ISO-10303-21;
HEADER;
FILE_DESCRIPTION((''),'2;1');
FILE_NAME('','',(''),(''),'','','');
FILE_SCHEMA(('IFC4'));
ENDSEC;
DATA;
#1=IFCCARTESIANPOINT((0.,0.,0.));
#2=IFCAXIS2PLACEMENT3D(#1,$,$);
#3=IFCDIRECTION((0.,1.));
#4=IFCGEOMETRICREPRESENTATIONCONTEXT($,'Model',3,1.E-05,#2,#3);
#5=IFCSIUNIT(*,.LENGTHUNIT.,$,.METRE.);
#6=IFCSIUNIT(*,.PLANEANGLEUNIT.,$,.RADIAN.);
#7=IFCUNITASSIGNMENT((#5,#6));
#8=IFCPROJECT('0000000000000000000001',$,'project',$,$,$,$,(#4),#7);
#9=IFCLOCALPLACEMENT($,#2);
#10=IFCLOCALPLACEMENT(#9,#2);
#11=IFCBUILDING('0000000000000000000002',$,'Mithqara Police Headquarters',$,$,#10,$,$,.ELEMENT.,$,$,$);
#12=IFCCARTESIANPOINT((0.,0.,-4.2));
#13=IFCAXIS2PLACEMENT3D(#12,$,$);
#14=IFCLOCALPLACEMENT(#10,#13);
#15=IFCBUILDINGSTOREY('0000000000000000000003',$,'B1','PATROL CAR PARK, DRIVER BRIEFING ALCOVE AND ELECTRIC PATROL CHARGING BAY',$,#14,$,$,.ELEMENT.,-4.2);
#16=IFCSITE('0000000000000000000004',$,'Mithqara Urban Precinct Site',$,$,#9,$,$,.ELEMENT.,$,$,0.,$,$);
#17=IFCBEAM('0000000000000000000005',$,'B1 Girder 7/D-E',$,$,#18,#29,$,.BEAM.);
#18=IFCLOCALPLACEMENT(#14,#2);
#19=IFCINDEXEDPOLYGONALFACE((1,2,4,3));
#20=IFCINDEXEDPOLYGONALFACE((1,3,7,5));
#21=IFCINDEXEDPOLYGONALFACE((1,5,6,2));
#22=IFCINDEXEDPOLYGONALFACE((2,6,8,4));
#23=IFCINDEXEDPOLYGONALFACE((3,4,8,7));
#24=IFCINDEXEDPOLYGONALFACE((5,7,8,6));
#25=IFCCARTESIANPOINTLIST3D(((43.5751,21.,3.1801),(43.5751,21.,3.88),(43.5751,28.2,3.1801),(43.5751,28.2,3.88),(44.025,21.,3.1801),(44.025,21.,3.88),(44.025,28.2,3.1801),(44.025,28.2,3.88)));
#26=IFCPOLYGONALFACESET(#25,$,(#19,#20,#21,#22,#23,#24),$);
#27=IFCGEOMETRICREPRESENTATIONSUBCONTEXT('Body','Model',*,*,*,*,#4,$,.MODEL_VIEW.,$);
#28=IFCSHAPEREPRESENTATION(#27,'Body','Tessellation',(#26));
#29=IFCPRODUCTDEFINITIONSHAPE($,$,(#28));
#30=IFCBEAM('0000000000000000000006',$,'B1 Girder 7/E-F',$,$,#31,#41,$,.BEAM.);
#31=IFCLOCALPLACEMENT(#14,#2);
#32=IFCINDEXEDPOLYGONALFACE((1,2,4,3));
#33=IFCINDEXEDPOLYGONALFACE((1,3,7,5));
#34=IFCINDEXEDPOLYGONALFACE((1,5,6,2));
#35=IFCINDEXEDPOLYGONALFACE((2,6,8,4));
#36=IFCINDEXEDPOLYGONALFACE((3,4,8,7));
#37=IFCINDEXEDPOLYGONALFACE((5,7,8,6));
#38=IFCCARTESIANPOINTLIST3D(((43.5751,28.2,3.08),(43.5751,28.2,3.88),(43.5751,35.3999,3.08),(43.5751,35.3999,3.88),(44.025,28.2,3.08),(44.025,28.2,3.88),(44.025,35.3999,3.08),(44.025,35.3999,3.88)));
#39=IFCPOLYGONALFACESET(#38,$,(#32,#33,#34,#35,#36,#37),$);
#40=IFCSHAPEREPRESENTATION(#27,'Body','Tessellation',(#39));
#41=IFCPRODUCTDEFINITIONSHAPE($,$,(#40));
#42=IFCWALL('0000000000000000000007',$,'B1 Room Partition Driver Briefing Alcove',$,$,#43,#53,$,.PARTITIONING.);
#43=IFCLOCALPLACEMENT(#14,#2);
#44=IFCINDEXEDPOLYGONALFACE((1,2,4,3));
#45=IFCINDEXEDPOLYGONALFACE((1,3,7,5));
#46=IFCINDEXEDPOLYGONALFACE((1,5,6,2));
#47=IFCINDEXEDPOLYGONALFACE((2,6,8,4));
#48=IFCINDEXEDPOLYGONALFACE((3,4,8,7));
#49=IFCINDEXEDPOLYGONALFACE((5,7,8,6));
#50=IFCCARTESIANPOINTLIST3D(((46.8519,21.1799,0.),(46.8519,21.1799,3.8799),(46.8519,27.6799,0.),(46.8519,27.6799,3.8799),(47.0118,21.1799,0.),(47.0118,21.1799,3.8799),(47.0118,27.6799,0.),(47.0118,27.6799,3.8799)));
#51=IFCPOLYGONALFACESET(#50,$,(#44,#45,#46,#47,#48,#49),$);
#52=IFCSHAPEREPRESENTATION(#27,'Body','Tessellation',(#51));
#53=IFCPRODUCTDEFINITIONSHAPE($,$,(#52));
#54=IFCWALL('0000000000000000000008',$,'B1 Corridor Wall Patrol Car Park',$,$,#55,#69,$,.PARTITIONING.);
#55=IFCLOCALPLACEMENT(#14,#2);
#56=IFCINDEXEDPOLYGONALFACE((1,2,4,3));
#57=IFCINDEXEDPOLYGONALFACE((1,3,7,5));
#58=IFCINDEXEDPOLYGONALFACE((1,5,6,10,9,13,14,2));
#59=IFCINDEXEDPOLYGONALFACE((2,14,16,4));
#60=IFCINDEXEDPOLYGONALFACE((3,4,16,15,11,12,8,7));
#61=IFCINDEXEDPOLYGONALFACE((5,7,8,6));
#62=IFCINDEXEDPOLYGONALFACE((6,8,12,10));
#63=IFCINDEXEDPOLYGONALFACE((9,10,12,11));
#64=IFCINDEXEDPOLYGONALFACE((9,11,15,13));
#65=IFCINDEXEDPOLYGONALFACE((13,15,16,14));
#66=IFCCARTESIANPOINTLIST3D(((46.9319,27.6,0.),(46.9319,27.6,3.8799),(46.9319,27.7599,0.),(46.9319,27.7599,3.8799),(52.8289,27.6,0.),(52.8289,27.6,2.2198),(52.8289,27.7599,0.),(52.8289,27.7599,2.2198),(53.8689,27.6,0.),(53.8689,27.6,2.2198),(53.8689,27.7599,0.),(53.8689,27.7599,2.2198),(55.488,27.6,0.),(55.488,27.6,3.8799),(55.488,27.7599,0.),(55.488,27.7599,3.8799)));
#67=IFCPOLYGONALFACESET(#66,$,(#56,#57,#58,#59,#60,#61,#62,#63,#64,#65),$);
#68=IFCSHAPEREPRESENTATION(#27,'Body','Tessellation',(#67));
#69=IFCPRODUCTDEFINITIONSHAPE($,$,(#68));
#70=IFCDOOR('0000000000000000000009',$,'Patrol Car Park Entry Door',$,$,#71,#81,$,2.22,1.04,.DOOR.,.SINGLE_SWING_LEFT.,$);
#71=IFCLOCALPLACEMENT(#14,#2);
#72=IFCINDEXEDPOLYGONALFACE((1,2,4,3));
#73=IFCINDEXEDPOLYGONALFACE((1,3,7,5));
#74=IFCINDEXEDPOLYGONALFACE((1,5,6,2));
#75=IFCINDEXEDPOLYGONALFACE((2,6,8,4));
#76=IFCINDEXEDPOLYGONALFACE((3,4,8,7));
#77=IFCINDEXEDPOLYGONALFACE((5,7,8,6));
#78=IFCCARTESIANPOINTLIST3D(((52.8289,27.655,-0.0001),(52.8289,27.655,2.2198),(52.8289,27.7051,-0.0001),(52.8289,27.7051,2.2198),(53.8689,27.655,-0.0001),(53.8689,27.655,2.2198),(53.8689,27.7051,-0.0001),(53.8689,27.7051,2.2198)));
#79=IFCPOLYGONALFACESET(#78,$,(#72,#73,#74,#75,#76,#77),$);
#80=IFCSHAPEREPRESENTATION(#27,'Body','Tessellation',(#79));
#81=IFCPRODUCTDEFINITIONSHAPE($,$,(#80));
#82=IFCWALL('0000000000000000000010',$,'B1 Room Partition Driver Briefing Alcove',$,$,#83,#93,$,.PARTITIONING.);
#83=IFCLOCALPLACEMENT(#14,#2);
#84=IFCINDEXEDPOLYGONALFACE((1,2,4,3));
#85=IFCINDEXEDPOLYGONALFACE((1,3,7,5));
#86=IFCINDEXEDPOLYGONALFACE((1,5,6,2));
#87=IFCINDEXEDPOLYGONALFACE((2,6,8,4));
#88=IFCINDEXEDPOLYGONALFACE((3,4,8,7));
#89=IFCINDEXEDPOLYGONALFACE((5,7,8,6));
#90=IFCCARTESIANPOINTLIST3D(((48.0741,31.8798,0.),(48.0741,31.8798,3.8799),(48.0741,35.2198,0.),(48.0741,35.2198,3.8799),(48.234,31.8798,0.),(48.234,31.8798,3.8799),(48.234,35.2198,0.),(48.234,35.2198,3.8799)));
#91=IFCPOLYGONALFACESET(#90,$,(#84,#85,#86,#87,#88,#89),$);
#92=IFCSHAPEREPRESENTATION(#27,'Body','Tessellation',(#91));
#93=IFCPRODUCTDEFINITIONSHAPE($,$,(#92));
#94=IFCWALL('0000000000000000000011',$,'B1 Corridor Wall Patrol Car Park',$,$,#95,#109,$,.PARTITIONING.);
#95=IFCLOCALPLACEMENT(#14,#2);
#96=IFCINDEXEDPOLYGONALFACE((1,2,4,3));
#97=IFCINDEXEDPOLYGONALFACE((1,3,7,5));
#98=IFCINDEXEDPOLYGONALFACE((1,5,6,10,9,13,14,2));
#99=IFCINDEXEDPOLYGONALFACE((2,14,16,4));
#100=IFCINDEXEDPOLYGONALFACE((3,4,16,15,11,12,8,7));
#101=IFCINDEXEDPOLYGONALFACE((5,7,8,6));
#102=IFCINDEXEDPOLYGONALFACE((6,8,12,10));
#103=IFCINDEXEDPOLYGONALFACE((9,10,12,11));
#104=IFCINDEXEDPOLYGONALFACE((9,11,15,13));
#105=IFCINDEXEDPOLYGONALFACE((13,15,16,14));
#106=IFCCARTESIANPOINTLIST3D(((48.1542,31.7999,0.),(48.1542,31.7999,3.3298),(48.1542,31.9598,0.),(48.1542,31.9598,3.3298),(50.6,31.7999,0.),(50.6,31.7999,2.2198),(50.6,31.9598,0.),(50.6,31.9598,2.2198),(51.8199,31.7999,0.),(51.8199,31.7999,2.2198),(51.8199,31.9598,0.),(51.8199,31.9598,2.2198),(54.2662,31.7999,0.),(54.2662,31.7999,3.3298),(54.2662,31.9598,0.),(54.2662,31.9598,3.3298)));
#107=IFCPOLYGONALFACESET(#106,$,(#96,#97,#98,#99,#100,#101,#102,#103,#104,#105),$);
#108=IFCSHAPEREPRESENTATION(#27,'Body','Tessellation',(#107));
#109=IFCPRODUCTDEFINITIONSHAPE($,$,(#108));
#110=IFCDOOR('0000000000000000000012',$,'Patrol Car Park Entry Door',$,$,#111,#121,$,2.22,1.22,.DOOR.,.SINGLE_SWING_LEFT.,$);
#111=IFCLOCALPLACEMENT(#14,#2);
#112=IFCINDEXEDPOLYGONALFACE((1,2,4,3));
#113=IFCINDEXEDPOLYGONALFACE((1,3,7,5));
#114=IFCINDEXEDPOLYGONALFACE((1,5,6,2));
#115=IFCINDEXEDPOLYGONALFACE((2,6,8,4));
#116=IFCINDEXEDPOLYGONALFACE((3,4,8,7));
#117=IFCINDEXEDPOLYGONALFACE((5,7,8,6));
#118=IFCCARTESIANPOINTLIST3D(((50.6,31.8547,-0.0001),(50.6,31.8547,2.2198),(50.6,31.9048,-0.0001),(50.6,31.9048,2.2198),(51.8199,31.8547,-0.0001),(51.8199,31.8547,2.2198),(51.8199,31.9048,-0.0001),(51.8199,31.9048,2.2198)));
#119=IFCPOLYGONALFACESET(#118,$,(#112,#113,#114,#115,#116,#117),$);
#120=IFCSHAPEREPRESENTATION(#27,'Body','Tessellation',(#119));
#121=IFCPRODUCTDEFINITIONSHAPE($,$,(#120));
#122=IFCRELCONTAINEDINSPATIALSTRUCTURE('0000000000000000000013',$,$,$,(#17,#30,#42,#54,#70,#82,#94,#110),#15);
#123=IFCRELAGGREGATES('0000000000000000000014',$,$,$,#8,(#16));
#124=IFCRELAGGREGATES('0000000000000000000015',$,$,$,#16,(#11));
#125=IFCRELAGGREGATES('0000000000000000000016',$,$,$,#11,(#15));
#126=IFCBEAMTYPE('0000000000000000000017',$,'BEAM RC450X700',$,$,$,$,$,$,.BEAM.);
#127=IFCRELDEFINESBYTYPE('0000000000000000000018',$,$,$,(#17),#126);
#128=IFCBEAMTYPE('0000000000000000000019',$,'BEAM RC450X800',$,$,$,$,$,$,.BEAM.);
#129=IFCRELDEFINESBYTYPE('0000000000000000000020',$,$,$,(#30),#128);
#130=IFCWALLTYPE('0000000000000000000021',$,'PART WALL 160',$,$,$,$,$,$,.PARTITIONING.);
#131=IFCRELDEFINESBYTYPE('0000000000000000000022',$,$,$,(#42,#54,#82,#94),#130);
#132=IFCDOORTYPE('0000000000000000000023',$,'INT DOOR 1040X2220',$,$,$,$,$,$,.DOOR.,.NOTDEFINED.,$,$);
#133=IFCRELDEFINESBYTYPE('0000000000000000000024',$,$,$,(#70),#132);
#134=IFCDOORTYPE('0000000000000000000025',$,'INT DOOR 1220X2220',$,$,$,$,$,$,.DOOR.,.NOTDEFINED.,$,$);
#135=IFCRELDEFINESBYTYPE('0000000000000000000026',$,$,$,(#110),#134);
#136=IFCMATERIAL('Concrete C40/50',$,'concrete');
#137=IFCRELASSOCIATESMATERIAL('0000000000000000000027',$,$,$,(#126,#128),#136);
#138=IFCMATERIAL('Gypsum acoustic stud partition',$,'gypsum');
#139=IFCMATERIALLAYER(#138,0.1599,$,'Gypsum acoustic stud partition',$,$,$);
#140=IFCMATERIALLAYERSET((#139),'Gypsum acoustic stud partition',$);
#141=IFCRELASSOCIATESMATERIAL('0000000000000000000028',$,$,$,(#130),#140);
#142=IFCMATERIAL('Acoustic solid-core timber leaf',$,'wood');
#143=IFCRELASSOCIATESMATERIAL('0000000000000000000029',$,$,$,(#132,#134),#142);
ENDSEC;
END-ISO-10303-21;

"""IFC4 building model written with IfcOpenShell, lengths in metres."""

from ifc_helpers import new_model, si_unit, direction, frame, frame_2d, origin, origin_2d, place, context, subcontext, project, spatial, rectangle, extrude, material, layer, layer_set, material_profile, profile_set, type_object, element, fill, save


model = new_model("IFC4")

# Units and contexts
model_context = context("Model", 3, precision=1e-05, world=origin(), true_north=direction((0.0, 1.0)))
body_context = subcontext(model_context, "Body", "Model", "MODEL_VIEW")
ifc_project = project(units=[si_unit("LENGTHUNIT", "METRE"), si_unit("PLANEANGLEUNIT", "RADIAN")], contexts=[model_context])

# Site, building, storey
site_placement = place(None, origin())
site = spatial("IfcSite", under=ifc_project, at=site_placement, Name="Mithqara Urban Precinct Site", CompositionType="ELEMENT", RefElevation=0.0)
building_placement = place(site_placement, origin())
building = spatial("IfcBuilding", under=site, at=building_placement, Name="Mithqara Police Headquarters", CompositionType="ELEMENT")
storey_placement = place(building_placement, frame((0.0, 0.0, -4.2)))
storey = spatial("IfcBuildingStorey", under=building, at=storey_placement, Name="B1", Description="PATROL CAR PARK, DRIVER BRIEFING ALCOVE AND ELECTRIC PATROL CHARGING BAY", CompositionType="ELEMENT", Elevation=-4.2)

# Shared definitions
ifc_material_1 = material(Name="Concrete C40/50", Category="concrete")

# Beams
ifc_material_profile_1 = material_profile(ifc_material_1, rectangle(XDim=0.45, YDim=0.7, at=origin_2d()), Name="RC 450x700")
ifc_profile_set_1 = profile_set([ifc_material_profile_1], Name="Concrete C40/50")
beam_type_1 = type_object("IfcBeamType", Name="BEAM RC450X700", PredefinedType="BEAM", material=ifc_profile_set_1)
beam_1_placement = place(storey_placement, frame((43.8, 21.0, 3.53), z_axis=(0.0, 1.0, 0.0), x_axis=(-1.0, 0.0, 0.0)))
element("IfcBeam", 1, at=beam_1_placement, inside=storey, type_object=beam_type_1, Name="B1 Girder 7/D-E", PredefinedType="BEAM", context=body_context, shape_type="SweptSolid", body=[
    extrude(rectangle(XDim=0.45, YDim=0.7, at=origin_2d()), origin(), (0.0, 0.0, 1.0), 7.2),
])
ifc_material_profile_2 = material_profile(ifc_material_1, rectangle(XDim=0.45, YDim=0.8, at=origin_2d()), Name="RC 450x800")
ifc_profile_set_2 = profile_set([ifc_material_profile_2], Name="Concrete C40/50")
beam_type_2 = type_object("IfcBeamType", Name="BEAM RC450X800", PredefinedType="BEAM", material=ifc_profile_set_2)
beam_2_placement = place(storey_placement, frame((43.8, 28.2, 3.48), z_axis=(0.0, 1.0, 0.0), x_axis=(-1.0, 0.0, 0.0)))
element("IfcBeam", 2, at=beam_2_placement, inside=storey, type_object=beam_type_2, Name="B1 Girder 7/E-F", PredefinedType="BEAM", context=body_context, shape_type="SweptSolid", body=[
    extrude(rectangle(XDim=0.45, YDim=0.8, at=origin_2d()), origin(), (0.0, 0.0, 1.0), 7.2),
])

# Wall
ifc_material_2 = material(Name="Gypsum acoustic stud partition", Category="gypsum")
ifc_layer = layer(ifc_material_2, 0.1599, Name="Gypsum acoustic stud partition")
ifc_layer_set = layer_set([ifc_layer], Name="Gypsum acoustic stud partition")
wall_type = type_object("IfcWallType", Name="PART WALL 160", PredefinedType="PARTITIONING", material=ifc_layer_set)
wall_1_placement = place(storey_placement, frame((46.9319, 21.1799, 0.0), z_axis=(0.0, 0.0, 1.0), x_axis=(0.0, 1.0, 0.0)))
element("IfcWall", 3, at=wall_1_placement, inside=storey, type_object=wall_type, Name="B1 Room Partition Driver Briefing Alcove", PredefinedType="PARTITIONING", context=body_context, shape_type="SweptSolid", body=[
    extrude(rectangle(XDim=6.5, YDim=0.1599, at=frame_2d((3.25, 0.0))), origin(), (0.0, 0.0, 1.0), 3.8799),
])

# Wall, opening, door
wall_2_placement = place(storey_placement, frame((46.9319, 27.6799, 0.0), z_axis=(0.0, 0.0, 1.0), x_axis=(1.0, 0.0, 0.0)))
wall_2 = element("IfcWall", 4, at=wall_2_placement, inside=storey, type_object=wall_type, Name="B1 Corridor Wall Patrol Car Park", PredefinedType="PARTITIONING", context=body_context, shape_type="SweptSolid", body=[
    extrude(rectangle(XDim=8.5562, YDim=0.1599, at=frame_2d((4.2781, 0.0))), origin(), (0.0, 0.0, 1.0), 3.8799),
])
opening_1_placement = place(wall_2_placement, frame((5.897, 0.0, 0.0)))
opening_1 = element("IfcOpeningElement", 5, at=opening_1_placement, cuts=wall_2, PredefinedType="OPENING", context=body_context, shape_type="SweptSolid", body=[
    extrude(rectangle(XDim=1.04, YDim=2.22, at=frame_2d((0.52, 1.1099))), frame((0.0, 0.0898, 0.0), z_axis=(0.0, -1.0, 0.0), x_axis=(1.0, 0.0, 0.0)), (0.0, 0.0, 1.0), 0.1799),
])
ifc_material_3 = material(Name="Acoustic solid-core timber leaf", Category="wood")
door_type_1 = type_object("IfcDoorType", Name="INT DOOR 1040X2220", OperationType="NOTDEFINED", PredefinedType="DOOR", material=ifc_material_3)
door_1_placement = place(opening_1_placement, frame((1.04, 0.0, 0.0), z_axis=(0.0, 0.0, 1.0), x_axis=(-1.0, 0.0, 0.0)))
door_1 = element("IfcDoor", 6, at=door_1_placement, inside=storey, type_object=door_type_1, Name="Patrol Car Park Entry Door", OperationType="SINGLE_SWING_LEFT", OverallHeight=2.22, OverallWidth=1.04, PredefinedType="DOOR", context=body_context, shape_type="SweptSolid", body=[
    extrude(rectangle(XDim=1.04, YDim=2.22, at=frame_2d((0.52, 1.1099))), frame((0.0, 0.0249, 0.0), z_axis=(0.0, -1.0, 0.0), x_axis=(1.0, 0.0, 0.0)), (0.0, 0.0, 1.0), 0.05),
])
fill(opening_1, door_1)

# Wall
wall_3_placement = place(storey_placement, frame((48.1541, 31.8799, 0.0), z_axis=(0.0, 0.0, 1.0), x_axis=(0.0, 1.0, 0.0)))
element("IfcWall", 7, at=wall_3_placement, inside=storey, type_object=wall_type, Name="B1 Room Partition Driver Briefing Alcove", PredefinedType="PARTITIONING", context=body_context, shape_type="SweptSolid", body=[
    extrude(rectangle(XDim=3.3401, YDim=0.1599, at=frame_2d((1.6699, 0.0))), origin(), (0.0, 0.0, 1.0), 3.8799),
])

# Wall, opening, door
wall_4_placement = place(storey_placement, frame((48.1541, 31.8799, 0.0), z_axis=(0.0, 0.0, 1.0), x_axis=(1.0, 0.0, 0.0)))
wall_4 = element("IfcWall", 8, at=wall_4_placement, inside=storey, type_object=wall_type, Name="B1 Corridor Wall Patrol Car Park", PredefinedType="PARTITIONING", context=body_context, shape_type="SweptSolid", body=[
    extrude(rectangle(XDim=6.1121, YDim=0.1599, at=frame_2d((3.0562, 0.0))), origin(), (0.0, 0.0, 1.0), 3.3298),
])
opening_2_placement = place(wall_4_placement, frame((2.446, 0.0, 0.0)))
opening_2 = element("IfcOpeningElement", 9, at=opening_2_placement, cuts=wall_4, PredefinedType="OPENING", context=body_context, shape_type="SweptSolid", body=[
    extrude(rectangle(XDim=1.22, YDim=2.22, at=frame_2d((0.6099, 1.1099))), frame((0.0, 0.0898, 0.0), z_axis=(0.0, -1.0, 0.0), x_axis=(1.0, 0.0, 0.0)), (0.0, 0.0, 1.0), 0.1799),
])
door_type_2 = type_object("IfcDoorType", Name="INT DOOR 1220X2220", OperationType="NOTDEFINED", PredefinedType="DOOR", material=ifc_material_3)
door_2_placement = place(opening_2_placement, origin())
door_2 = element("IfcDoor", 10, at=door_2_placement, inside=storey, type_object=door_type_2, Name="Patrol Car Park Entry Door", OperationType="SINGLE_SWING_LEFT", OverallHeight=2.22, OverallWidth=1.22, PredefinedType="DOOR", context=body_context, shape_type="SweptSolid", body=[
    extrude(rectangle(XDim=1.22, YDim=2.22, at=frame_2d((0.6099, 1.1099))), frame((0.0, 0.0249, 0.0), z_axis=(0.0, -1.0, 0.0), x_axis=(1.0, 0.0, 0.0)), (0.0, 0.0, 1.0), 0.05),
])
fill(opening_2, door_2)

save(model, "model.ifc")
